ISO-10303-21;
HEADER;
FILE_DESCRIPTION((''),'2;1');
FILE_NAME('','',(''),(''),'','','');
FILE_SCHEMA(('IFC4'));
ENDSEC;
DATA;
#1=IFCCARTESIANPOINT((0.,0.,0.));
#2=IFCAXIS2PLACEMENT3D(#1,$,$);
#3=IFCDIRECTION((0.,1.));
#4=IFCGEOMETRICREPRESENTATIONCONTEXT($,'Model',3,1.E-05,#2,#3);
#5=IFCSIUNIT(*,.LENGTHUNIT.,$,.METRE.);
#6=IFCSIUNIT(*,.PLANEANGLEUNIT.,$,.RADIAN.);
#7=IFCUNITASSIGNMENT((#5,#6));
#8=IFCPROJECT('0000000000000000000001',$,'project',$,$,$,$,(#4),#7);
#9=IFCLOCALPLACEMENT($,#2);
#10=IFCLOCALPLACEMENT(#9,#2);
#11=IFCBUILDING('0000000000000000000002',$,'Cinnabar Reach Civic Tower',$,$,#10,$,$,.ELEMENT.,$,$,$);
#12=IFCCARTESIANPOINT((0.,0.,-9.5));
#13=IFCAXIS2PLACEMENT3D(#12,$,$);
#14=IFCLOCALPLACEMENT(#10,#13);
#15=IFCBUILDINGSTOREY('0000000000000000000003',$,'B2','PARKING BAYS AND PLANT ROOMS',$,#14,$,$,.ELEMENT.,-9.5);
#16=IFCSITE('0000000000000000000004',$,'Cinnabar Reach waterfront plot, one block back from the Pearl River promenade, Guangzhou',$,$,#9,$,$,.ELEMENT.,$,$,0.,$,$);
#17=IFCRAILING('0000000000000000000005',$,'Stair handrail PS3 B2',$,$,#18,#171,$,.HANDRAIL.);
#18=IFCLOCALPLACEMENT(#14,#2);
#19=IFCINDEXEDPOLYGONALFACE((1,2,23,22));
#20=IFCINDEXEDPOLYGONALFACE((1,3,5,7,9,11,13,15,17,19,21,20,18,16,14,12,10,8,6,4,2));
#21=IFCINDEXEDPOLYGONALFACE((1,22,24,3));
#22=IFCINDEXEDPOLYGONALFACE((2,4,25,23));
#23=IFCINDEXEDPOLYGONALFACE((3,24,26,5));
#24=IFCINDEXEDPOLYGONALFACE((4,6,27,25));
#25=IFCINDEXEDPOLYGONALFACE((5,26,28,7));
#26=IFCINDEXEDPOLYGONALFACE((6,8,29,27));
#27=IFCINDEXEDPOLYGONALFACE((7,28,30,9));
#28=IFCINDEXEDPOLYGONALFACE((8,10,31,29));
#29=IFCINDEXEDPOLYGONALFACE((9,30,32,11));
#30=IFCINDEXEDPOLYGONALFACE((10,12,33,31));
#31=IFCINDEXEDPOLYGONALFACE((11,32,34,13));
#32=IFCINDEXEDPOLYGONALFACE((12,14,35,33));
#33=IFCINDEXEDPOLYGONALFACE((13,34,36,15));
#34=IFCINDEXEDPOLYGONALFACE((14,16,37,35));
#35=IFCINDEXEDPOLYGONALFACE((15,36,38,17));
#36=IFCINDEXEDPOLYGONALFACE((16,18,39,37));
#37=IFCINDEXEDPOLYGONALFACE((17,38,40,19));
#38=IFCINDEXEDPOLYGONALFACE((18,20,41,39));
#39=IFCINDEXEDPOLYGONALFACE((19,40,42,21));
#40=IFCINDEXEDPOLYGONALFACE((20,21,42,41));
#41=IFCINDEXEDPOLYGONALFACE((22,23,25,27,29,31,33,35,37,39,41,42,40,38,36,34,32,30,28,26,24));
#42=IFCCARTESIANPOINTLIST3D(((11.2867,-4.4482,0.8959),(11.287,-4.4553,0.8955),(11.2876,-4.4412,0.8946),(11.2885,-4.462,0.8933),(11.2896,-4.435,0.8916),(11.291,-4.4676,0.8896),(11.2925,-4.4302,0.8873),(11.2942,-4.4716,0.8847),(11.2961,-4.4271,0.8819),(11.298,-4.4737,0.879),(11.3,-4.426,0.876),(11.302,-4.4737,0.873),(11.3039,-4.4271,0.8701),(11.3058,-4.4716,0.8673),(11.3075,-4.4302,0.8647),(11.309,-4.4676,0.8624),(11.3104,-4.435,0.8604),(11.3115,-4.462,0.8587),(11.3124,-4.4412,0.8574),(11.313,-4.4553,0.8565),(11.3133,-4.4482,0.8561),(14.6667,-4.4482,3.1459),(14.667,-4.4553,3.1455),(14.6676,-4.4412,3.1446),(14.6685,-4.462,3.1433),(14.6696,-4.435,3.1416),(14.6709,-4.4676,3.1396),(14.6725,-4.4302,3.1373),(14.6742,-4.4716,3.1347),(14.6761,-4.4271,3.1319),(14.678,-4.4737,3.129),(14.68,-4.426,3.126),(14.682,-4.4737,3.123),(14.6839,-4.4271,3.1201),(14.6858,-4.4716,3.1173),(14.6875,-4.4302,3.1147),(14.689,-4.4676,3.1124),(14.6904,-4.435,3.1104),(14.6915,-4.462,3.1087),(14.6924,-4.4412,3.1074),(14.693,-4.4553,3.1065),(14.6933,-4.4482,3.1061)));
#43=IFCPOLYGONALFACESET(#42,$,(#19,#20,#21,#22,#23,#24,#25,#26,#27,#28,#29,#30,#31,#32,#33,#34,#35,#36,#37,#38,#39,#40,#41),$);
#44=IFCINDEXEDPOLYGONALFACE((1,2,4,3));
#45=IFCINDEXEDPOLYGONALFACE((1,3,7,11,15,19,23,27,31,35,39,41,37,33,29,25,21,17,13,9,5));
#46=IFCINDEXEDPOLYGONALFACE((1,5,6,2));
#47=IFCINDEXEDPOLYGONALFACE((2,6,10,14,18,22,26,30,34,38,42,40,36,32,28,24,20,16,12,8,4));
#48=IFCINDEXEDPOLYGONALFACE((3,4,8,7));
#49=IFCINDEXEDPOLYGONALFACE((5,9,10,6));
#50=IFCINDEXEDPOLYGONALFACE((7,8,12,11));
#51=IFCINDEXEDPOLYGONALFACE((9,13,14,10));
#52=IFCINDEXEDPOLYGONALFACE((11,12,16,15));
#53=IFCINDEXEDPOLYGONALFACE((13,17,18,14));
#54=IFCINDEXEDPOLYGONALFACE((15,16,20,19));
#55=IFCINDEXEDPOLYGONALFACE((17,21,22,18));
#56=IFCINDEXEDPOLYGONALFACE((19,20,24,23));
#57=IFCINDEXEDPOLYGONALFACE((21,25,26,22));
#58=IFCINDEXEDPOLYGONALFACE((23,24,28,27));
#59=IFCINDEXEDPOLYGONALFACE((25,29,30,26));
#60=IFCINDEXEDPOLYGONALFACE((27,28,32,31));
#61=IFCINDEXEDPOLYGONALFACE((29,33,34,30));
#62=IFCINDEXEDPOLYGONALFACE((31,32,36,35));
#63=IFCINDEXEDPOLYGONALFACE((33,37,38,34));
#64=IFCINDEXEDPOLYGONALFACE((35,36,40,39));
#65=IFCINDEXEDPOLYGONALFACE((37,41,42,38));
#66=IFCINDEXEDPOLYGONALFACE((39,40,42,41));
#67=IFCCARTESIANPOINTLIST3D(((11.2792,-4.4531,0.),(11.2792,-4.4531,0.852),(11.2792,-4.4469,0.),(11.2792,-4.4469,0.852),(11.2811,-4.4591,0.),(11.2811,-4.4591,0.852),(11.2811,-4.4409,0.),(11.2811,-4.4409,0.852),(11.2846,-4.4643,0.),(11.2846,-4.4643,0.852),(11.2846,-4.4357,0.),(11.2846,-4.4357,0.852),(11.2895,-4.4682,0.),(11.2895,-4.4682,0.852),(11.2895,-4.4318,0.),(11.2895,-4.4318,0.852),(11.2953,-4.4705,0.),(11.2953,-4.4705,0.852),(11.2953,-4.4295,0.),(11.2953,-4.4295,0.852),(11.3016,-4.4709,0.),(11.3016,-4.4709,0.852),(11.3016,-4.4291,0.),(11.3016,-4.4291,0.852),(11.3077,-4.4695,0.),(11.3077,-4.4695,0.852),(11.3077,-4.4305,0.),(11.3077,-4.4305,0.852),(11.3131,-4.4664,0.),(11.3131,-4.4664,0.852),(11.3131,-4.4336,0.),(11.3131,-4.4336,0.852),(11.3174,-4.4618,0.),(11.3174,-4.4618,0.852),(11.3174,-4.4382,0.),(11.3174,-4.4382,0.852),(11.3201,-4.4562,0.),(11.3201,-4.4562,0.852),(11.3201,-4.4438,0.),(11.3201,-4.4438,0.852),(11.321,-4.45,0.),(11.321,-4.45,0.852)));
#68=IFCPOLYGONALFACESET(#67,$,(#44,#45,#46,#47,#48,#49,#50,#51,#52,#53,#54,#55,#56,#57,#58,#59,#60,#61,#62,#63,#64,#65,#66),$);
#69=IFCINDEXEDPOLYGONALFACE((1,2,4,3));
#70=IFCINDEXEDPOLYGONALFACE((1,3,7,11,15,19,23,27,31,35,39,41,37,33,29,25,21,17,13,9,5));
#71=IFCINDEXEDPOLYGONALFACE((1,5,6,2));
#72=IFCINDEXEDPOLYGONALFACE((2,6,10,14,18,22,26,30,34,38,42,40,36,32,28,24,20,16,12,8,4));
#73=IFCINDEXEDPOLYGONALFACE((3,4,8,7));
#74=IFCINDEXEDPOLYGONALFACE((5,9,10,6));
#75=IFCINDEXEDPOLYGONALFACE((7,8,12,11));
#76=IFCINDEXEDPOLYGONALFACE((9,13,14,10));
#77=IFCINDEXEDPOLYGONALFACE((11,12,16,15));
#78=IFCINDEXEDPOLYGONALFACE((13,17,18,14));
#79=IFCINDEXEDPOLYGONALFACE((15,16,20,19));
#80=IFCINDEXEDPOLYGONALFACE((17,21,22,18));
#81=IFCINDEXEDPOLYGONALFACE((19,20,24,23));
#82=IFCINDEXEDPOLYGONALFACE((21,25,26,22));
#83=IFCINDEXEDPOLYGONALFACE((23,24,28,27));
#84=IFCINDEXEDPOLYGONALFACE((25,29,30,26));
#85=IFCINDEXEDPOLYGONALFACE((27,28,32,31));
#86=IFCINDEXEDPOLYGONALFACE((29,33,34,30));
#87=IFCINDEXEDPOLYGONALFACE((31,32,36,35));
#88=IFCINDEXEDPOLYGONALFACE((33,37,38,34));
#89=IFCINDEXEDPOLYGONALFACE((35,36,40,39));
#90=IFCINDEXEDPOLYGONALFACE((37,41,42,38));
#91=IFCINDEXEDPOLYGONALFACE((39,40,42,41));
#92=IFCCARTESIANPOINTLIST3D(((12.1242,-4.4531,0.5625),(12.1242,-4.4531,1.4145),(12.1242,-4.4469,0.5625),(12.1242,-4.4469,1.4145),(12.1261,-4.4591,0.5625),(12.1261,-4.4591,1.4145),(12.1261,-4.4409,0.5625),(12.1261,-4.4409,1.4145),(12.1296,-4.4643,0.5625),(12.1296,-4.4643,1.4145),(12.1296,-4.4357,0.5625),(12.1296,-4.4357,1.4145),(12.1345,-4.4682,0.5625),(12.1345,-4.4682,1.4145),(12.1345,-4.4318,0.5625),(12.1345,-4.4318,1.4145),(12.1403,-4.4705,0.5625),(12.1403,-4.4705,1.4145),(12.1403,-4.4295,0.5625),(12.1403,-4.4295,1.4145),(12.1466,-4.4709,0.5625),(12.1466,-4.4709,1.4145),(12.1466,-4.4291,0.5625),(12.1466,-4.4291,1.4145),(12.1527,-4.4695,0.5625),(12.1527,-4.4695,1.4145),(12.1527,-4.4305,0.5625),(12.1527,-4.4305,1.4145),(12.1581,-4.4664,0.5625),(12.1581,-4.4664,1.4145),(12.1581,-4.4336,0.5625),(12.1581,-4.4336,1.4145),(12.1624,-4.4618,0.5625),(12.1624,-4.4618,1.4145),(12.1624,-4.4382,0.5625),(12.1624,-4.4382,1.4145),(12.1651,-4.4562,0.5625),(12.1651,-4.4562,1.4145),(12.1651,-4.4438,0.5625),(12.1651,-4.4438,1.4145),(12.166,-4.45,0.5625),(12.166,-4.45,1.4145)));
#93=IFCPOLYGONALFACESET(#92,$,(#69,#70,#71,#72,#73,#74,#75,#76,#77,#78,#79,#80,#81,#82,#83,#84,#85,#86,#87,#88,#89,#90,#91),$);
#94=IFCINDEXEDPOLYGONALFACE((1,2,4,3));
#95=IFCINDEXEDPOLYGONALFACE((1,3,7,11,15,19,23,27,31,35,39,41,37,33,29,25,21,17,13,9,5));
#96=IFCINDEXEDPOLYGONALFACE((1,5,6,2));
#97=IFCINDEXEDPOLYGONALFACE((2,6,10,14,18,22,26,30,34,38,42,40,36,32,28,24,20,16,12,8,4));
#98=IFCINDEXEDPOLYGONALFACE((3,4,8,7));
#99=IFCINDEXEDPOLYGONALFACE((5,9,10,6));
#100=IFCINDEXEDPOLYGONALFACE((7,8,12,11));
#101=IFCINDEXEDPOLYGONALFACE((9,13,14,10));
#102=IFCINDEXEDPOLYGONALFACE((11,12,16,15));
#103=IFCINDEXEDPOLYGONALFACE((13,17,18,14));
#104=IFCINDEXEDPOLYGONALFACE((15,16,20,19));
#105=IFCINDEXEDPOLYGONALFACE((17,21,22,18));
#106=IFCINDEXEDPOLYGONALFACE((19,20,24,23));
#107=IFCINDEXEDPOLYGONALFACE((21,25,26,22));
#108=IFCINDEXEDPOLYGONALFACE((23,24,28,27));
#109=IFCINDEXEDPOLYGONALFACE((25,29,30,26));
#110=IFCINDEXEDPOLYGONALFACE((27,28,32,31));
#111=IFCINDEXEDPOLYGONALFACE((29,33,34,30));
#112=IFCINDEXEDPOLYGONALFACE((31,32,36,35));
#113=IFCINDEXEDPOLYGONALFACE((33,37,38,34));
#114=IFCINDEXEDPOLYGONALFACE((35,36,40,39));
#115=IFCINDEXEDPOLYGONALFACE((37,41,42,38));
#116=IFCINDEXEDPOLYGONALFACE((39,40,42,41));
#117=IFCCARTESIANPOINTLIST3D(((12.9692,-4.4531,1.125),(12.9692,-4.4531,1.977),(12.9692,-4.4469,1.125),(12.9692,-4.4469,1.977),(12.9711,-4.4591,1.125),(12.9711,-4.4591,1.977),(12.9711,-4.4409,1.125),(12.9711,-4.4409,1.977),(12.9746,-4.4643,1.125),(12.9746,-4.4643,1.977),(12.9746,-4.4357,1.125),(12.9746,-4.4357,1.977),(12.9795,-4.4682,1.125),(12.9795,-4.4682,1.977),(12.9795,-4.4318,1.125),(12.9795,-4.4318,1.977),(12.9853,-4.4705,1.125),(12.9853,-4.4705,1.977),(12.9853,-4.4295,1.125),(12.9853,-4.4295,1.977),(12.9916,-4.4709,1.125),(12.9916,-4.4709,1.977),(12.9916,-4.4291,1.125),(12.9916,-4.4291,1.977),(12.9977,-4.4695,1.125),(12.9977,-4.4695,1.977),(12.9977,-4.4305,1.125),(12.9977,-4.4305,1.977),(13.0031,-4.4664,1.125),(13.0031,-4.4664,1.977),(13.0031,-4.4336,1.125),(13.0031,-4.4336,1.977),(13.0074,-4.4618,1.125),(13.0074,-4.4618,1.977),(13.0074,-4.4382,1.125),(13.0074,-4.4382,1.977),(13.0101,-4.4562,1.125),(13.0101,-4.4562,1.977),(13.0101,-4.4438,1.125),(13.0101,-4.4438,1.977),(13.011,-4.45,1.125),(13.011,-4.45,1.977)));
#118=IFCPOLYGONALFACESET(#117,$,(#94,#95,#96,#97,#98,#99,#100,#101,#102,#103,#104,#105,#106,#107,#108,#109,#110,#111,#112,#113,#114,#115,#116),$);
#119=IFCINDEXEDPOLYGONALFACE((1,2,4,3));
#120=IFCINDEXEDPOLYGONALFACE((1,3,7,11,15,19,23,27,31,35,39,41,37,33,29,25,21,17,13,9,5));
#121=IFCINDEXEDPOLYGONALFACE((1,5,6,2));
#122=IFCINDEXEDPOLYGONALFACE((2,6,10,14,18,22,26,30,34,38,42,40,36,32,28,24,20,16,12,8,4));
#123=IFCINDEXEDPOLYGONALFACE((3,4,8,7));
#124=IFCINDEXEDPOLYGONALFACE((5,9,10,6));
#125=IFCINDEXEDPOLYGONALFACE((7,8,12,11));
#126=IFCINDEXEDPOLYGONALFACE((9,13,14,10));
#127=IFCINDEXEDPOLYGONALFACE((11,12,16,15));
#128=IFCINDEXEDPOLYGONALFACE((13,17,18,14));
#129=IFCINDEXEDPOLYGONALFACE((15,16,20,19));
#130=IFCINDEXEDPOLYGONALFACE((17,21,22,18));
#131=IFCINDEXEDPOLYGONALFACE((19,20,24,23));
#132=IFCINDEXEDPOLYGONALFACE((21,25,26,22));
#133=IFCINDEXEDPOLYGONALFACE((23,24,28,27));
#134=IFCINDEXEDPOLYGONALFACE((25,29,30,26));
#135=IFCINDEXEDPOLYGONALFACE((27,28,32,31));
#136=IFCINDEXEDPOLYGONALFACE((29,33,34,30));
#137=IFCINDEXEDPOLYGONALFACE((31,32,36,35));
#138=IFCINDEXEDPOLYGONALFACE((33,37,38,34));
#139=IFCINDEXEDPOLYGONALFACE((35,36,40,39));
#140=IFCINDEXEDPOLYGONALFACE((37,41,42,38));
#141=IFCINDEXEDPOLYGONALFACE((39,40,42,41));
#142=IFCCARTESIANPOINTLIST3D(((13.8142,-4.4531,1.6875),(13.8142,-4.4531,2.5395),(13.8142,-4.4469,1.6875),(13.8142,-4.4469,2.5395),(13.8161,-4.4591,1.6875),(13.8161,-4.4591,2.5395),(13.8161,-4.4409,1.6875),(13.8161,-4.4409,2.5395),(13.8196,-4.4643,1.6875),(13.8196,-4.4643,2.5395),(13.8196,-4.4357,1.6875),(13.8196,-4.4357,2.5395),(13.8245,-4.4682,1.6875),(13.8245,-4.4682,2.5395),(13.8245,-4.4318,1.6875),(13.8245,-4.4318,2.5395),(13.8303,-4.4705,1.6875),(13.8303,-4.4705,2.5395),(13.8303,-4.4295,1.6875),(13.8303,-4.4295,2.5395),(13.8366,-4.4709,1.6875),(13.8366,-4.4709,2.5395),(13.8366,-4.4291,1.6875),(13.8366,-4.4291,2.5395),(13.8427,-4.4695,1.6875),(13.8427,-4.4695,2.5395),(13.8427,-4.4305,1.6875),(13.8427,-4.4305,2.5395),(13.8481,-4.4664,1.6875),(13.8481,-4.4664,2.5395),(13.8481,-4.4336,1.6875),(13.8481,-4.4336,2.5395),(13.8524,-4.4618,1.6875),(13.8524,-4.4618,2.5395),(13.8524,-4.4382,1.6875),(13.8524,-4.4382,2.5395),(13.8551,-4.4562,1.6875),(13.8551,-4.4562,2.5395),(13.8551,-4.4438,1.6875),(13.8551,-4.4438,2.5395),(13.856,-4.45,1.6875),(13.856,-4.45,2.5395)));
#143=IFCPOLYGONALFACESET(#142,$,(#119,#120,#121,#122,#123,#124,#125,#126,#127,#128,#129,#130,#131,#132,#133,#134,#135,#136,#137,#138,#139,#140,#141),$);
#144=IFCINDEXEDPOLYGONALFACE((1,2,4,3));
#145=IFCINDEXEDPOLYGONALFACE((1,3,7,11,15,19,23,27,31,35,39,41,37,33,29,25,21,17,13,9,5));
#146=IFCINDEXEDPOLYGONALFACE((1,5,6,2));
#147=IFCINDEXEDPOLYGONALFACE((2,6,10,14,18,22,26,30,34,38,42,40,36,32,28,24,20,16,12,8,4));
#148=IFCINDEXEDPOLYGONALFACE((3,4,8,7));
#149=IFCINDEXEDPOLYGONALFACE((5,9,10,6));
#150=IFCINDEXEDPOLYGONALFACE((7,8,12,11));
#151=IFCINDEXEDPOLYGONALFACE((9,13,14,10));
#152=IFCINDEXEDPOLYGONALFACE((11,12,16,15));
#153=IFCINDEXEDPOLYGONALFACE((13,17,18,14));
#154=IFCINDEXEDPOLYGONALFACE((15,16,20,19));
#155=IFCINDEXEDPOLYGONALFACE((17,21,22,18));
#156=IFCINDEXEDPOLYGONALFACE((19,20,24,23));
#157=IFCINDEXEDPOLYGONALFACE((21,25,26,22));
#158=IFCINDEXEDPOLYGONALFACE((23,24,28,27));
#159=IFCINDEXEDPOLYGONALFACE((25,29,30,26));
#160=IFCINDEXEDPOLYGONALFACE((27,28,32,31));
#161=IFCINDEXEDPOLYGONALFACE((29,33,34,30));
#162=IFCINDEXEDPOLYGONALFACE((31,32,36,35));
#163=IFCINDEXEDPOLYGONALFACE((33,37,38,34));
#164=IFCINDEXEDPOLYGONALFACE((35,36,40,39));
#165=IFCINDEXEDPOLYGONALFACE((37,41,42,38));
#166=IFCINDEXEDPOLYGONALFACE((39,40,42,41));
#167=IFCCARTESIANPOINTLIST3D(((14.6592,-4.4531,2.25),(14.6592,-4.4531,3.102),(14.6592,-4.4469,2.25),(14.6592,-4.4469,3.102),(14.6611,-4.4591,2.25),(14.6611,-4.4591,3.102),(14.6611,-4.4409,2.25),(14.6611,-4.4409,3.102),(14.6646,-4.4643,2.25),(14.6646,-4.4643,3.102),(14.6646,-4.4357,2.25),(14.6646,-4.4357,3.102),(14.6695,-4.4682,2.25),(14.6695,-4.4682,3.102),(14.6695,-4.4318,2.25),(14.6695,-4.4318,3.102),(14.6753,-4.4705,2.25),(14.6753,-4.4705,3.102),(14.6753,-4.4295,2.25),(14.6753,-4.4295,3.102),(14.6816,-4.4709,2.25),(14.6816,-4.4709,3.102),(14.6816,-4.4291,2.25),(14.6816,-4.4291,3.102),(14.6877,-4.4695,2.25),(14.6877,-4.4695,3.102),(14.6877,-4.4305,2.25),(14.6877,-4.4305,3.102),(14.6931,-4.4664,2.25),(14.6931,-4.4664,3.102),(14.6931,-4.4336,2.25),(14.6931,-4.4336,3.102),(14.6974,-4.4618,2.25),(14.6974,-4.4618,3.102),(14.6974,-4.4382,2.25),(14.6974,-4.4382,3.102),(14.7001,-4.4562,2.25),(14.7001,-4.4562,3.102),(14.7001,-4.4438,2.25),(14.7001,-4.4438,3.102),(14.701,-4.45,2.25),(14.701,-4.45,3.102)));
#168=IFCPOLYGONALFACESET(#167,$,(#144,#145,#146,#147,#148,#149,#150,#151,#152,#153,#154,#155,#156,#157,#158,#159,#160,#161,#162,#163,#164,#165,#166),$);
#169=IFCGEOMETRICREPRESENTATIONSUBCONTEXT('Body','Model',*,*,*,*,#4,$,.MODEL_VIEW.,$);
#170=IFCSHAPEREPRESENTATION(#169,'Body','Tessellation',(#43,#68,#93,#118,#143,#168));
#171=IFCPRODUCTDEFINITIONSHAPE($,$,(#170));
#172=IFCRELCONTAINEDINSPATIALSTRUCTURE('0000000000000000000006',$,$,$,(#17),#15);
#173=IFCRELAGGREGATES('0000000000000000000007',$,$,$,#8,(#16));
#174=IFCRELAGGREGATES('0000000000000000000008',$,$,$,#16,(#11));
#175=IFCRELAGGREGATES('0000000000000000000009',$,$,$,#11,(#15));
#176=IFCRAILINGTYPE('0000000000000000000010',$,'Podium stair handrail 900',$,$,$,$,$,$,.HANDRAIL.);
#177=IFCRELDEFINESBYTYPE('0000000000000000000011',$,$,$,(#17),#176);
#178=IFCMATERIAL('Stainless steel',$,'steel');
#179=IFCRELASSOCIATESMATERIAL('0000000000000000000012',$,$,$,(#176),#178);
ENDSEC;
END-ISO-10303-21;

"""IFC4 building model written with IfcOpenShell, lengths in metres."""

from ifc_helpers import new_model, si_unit, direction, frame, origin, origin_2d, place, context, subcontext, project, spatial, circle, extrude, material, type_object, element, save


model = new_model("IFC4")

# Units and contexts
model_context = context("Model", 3, precision=1e-05, world=origin(), true_north=direction((0.0, 1.0)))
body_context = subcontext(model_context, "Body", "Model", "MODEL_VIEW")
ifc_project = project(units=[si_unit("LENGTHUNIT", "METRE"), si_unit("PLANEANGLEUNIT", "RADIAN")], contexts=[model_context])

# Site, building, storey
site_placement = place(None, origin())
site = spatial("IfcSite", under=ifc_project, at=site_placement, Name="Cinnabar Reach waterfront plot, one block back from the Pearl River promenade, Guangzhou", CompositionType="ELEMENT", RefElevation=0.0)
building_placement = place(site_placement, origin())
building = spatial("IfcBuilding", under=site, at=building_placement, Name="Cinnabar Reach Civic Tower", CompositionType="ELEMENT")
storey_placement = place(building_placement, frame((0.0, 0.0, -9.5)))
storey = spatial("IfcBuildingStorey", under=building, at=storey_placement, Name="B2", Description="PARKING BAYS AND PLANT ROOMS", CompositionType="ELEMENT", Elevation=-9.5)

# Railing
ifc_material_1 = material(Name="Stainless steel", Category="steel")
railing_type_1 = type_object("IfcRailingType", Name="Podium stair handrail 900", PredefinedType="HANDRAIL", material=ifc_material_1)
railing_1_placement = place(storey_placement, frame((11.3, -4.45, 0.0)))
element("IfcRailing", 1, at=railing_1_placement, inside=storey, type_object=railing_type_1, Name="Stair handrail PS3 B2", PredefinedType="HANDRAIL", context=body_context, shape_type="SweptSolid", body=[
    extrude(circle(Radius=0.024, at=origin_2d()), frame((0.0, 0.0, 0.876), z_axis=(0.832429, 0.0, 0.554132), x_axis=(0.0, 1.0, 0.0)), (0.0, 0.0, 1.0), 4.0604),
    extrude(circle(Radius=0.021, at=origin_2d()), origin(), (0.0, 0.0, 1.0), 0.852),
    extrude(circle(Radius=0.021, at=origin_2d()), frame((0.845, 0.0, 0.5625)), (0.0, 0.0, 1.0), 0.852),
    extrude(circle(Radius=0.021, at=origin_2d()), frame((1.69, 0.0, 1.125)), (0.0, 0.0, 1.0), 0.852),
    extrude(circle(Radius=0.021, at=origin_2d()), frame((2.535, 0.0, 1.6875)), (0.0, 0.0, 1.0), 0.852),
    extrude(circle(Radius=0.021, at=origin_2d()), frame((3.38, 0.0, 2.25)), (0.0, 0.0, 1.0), 0.852),
])

save(model, "model.ifc")
